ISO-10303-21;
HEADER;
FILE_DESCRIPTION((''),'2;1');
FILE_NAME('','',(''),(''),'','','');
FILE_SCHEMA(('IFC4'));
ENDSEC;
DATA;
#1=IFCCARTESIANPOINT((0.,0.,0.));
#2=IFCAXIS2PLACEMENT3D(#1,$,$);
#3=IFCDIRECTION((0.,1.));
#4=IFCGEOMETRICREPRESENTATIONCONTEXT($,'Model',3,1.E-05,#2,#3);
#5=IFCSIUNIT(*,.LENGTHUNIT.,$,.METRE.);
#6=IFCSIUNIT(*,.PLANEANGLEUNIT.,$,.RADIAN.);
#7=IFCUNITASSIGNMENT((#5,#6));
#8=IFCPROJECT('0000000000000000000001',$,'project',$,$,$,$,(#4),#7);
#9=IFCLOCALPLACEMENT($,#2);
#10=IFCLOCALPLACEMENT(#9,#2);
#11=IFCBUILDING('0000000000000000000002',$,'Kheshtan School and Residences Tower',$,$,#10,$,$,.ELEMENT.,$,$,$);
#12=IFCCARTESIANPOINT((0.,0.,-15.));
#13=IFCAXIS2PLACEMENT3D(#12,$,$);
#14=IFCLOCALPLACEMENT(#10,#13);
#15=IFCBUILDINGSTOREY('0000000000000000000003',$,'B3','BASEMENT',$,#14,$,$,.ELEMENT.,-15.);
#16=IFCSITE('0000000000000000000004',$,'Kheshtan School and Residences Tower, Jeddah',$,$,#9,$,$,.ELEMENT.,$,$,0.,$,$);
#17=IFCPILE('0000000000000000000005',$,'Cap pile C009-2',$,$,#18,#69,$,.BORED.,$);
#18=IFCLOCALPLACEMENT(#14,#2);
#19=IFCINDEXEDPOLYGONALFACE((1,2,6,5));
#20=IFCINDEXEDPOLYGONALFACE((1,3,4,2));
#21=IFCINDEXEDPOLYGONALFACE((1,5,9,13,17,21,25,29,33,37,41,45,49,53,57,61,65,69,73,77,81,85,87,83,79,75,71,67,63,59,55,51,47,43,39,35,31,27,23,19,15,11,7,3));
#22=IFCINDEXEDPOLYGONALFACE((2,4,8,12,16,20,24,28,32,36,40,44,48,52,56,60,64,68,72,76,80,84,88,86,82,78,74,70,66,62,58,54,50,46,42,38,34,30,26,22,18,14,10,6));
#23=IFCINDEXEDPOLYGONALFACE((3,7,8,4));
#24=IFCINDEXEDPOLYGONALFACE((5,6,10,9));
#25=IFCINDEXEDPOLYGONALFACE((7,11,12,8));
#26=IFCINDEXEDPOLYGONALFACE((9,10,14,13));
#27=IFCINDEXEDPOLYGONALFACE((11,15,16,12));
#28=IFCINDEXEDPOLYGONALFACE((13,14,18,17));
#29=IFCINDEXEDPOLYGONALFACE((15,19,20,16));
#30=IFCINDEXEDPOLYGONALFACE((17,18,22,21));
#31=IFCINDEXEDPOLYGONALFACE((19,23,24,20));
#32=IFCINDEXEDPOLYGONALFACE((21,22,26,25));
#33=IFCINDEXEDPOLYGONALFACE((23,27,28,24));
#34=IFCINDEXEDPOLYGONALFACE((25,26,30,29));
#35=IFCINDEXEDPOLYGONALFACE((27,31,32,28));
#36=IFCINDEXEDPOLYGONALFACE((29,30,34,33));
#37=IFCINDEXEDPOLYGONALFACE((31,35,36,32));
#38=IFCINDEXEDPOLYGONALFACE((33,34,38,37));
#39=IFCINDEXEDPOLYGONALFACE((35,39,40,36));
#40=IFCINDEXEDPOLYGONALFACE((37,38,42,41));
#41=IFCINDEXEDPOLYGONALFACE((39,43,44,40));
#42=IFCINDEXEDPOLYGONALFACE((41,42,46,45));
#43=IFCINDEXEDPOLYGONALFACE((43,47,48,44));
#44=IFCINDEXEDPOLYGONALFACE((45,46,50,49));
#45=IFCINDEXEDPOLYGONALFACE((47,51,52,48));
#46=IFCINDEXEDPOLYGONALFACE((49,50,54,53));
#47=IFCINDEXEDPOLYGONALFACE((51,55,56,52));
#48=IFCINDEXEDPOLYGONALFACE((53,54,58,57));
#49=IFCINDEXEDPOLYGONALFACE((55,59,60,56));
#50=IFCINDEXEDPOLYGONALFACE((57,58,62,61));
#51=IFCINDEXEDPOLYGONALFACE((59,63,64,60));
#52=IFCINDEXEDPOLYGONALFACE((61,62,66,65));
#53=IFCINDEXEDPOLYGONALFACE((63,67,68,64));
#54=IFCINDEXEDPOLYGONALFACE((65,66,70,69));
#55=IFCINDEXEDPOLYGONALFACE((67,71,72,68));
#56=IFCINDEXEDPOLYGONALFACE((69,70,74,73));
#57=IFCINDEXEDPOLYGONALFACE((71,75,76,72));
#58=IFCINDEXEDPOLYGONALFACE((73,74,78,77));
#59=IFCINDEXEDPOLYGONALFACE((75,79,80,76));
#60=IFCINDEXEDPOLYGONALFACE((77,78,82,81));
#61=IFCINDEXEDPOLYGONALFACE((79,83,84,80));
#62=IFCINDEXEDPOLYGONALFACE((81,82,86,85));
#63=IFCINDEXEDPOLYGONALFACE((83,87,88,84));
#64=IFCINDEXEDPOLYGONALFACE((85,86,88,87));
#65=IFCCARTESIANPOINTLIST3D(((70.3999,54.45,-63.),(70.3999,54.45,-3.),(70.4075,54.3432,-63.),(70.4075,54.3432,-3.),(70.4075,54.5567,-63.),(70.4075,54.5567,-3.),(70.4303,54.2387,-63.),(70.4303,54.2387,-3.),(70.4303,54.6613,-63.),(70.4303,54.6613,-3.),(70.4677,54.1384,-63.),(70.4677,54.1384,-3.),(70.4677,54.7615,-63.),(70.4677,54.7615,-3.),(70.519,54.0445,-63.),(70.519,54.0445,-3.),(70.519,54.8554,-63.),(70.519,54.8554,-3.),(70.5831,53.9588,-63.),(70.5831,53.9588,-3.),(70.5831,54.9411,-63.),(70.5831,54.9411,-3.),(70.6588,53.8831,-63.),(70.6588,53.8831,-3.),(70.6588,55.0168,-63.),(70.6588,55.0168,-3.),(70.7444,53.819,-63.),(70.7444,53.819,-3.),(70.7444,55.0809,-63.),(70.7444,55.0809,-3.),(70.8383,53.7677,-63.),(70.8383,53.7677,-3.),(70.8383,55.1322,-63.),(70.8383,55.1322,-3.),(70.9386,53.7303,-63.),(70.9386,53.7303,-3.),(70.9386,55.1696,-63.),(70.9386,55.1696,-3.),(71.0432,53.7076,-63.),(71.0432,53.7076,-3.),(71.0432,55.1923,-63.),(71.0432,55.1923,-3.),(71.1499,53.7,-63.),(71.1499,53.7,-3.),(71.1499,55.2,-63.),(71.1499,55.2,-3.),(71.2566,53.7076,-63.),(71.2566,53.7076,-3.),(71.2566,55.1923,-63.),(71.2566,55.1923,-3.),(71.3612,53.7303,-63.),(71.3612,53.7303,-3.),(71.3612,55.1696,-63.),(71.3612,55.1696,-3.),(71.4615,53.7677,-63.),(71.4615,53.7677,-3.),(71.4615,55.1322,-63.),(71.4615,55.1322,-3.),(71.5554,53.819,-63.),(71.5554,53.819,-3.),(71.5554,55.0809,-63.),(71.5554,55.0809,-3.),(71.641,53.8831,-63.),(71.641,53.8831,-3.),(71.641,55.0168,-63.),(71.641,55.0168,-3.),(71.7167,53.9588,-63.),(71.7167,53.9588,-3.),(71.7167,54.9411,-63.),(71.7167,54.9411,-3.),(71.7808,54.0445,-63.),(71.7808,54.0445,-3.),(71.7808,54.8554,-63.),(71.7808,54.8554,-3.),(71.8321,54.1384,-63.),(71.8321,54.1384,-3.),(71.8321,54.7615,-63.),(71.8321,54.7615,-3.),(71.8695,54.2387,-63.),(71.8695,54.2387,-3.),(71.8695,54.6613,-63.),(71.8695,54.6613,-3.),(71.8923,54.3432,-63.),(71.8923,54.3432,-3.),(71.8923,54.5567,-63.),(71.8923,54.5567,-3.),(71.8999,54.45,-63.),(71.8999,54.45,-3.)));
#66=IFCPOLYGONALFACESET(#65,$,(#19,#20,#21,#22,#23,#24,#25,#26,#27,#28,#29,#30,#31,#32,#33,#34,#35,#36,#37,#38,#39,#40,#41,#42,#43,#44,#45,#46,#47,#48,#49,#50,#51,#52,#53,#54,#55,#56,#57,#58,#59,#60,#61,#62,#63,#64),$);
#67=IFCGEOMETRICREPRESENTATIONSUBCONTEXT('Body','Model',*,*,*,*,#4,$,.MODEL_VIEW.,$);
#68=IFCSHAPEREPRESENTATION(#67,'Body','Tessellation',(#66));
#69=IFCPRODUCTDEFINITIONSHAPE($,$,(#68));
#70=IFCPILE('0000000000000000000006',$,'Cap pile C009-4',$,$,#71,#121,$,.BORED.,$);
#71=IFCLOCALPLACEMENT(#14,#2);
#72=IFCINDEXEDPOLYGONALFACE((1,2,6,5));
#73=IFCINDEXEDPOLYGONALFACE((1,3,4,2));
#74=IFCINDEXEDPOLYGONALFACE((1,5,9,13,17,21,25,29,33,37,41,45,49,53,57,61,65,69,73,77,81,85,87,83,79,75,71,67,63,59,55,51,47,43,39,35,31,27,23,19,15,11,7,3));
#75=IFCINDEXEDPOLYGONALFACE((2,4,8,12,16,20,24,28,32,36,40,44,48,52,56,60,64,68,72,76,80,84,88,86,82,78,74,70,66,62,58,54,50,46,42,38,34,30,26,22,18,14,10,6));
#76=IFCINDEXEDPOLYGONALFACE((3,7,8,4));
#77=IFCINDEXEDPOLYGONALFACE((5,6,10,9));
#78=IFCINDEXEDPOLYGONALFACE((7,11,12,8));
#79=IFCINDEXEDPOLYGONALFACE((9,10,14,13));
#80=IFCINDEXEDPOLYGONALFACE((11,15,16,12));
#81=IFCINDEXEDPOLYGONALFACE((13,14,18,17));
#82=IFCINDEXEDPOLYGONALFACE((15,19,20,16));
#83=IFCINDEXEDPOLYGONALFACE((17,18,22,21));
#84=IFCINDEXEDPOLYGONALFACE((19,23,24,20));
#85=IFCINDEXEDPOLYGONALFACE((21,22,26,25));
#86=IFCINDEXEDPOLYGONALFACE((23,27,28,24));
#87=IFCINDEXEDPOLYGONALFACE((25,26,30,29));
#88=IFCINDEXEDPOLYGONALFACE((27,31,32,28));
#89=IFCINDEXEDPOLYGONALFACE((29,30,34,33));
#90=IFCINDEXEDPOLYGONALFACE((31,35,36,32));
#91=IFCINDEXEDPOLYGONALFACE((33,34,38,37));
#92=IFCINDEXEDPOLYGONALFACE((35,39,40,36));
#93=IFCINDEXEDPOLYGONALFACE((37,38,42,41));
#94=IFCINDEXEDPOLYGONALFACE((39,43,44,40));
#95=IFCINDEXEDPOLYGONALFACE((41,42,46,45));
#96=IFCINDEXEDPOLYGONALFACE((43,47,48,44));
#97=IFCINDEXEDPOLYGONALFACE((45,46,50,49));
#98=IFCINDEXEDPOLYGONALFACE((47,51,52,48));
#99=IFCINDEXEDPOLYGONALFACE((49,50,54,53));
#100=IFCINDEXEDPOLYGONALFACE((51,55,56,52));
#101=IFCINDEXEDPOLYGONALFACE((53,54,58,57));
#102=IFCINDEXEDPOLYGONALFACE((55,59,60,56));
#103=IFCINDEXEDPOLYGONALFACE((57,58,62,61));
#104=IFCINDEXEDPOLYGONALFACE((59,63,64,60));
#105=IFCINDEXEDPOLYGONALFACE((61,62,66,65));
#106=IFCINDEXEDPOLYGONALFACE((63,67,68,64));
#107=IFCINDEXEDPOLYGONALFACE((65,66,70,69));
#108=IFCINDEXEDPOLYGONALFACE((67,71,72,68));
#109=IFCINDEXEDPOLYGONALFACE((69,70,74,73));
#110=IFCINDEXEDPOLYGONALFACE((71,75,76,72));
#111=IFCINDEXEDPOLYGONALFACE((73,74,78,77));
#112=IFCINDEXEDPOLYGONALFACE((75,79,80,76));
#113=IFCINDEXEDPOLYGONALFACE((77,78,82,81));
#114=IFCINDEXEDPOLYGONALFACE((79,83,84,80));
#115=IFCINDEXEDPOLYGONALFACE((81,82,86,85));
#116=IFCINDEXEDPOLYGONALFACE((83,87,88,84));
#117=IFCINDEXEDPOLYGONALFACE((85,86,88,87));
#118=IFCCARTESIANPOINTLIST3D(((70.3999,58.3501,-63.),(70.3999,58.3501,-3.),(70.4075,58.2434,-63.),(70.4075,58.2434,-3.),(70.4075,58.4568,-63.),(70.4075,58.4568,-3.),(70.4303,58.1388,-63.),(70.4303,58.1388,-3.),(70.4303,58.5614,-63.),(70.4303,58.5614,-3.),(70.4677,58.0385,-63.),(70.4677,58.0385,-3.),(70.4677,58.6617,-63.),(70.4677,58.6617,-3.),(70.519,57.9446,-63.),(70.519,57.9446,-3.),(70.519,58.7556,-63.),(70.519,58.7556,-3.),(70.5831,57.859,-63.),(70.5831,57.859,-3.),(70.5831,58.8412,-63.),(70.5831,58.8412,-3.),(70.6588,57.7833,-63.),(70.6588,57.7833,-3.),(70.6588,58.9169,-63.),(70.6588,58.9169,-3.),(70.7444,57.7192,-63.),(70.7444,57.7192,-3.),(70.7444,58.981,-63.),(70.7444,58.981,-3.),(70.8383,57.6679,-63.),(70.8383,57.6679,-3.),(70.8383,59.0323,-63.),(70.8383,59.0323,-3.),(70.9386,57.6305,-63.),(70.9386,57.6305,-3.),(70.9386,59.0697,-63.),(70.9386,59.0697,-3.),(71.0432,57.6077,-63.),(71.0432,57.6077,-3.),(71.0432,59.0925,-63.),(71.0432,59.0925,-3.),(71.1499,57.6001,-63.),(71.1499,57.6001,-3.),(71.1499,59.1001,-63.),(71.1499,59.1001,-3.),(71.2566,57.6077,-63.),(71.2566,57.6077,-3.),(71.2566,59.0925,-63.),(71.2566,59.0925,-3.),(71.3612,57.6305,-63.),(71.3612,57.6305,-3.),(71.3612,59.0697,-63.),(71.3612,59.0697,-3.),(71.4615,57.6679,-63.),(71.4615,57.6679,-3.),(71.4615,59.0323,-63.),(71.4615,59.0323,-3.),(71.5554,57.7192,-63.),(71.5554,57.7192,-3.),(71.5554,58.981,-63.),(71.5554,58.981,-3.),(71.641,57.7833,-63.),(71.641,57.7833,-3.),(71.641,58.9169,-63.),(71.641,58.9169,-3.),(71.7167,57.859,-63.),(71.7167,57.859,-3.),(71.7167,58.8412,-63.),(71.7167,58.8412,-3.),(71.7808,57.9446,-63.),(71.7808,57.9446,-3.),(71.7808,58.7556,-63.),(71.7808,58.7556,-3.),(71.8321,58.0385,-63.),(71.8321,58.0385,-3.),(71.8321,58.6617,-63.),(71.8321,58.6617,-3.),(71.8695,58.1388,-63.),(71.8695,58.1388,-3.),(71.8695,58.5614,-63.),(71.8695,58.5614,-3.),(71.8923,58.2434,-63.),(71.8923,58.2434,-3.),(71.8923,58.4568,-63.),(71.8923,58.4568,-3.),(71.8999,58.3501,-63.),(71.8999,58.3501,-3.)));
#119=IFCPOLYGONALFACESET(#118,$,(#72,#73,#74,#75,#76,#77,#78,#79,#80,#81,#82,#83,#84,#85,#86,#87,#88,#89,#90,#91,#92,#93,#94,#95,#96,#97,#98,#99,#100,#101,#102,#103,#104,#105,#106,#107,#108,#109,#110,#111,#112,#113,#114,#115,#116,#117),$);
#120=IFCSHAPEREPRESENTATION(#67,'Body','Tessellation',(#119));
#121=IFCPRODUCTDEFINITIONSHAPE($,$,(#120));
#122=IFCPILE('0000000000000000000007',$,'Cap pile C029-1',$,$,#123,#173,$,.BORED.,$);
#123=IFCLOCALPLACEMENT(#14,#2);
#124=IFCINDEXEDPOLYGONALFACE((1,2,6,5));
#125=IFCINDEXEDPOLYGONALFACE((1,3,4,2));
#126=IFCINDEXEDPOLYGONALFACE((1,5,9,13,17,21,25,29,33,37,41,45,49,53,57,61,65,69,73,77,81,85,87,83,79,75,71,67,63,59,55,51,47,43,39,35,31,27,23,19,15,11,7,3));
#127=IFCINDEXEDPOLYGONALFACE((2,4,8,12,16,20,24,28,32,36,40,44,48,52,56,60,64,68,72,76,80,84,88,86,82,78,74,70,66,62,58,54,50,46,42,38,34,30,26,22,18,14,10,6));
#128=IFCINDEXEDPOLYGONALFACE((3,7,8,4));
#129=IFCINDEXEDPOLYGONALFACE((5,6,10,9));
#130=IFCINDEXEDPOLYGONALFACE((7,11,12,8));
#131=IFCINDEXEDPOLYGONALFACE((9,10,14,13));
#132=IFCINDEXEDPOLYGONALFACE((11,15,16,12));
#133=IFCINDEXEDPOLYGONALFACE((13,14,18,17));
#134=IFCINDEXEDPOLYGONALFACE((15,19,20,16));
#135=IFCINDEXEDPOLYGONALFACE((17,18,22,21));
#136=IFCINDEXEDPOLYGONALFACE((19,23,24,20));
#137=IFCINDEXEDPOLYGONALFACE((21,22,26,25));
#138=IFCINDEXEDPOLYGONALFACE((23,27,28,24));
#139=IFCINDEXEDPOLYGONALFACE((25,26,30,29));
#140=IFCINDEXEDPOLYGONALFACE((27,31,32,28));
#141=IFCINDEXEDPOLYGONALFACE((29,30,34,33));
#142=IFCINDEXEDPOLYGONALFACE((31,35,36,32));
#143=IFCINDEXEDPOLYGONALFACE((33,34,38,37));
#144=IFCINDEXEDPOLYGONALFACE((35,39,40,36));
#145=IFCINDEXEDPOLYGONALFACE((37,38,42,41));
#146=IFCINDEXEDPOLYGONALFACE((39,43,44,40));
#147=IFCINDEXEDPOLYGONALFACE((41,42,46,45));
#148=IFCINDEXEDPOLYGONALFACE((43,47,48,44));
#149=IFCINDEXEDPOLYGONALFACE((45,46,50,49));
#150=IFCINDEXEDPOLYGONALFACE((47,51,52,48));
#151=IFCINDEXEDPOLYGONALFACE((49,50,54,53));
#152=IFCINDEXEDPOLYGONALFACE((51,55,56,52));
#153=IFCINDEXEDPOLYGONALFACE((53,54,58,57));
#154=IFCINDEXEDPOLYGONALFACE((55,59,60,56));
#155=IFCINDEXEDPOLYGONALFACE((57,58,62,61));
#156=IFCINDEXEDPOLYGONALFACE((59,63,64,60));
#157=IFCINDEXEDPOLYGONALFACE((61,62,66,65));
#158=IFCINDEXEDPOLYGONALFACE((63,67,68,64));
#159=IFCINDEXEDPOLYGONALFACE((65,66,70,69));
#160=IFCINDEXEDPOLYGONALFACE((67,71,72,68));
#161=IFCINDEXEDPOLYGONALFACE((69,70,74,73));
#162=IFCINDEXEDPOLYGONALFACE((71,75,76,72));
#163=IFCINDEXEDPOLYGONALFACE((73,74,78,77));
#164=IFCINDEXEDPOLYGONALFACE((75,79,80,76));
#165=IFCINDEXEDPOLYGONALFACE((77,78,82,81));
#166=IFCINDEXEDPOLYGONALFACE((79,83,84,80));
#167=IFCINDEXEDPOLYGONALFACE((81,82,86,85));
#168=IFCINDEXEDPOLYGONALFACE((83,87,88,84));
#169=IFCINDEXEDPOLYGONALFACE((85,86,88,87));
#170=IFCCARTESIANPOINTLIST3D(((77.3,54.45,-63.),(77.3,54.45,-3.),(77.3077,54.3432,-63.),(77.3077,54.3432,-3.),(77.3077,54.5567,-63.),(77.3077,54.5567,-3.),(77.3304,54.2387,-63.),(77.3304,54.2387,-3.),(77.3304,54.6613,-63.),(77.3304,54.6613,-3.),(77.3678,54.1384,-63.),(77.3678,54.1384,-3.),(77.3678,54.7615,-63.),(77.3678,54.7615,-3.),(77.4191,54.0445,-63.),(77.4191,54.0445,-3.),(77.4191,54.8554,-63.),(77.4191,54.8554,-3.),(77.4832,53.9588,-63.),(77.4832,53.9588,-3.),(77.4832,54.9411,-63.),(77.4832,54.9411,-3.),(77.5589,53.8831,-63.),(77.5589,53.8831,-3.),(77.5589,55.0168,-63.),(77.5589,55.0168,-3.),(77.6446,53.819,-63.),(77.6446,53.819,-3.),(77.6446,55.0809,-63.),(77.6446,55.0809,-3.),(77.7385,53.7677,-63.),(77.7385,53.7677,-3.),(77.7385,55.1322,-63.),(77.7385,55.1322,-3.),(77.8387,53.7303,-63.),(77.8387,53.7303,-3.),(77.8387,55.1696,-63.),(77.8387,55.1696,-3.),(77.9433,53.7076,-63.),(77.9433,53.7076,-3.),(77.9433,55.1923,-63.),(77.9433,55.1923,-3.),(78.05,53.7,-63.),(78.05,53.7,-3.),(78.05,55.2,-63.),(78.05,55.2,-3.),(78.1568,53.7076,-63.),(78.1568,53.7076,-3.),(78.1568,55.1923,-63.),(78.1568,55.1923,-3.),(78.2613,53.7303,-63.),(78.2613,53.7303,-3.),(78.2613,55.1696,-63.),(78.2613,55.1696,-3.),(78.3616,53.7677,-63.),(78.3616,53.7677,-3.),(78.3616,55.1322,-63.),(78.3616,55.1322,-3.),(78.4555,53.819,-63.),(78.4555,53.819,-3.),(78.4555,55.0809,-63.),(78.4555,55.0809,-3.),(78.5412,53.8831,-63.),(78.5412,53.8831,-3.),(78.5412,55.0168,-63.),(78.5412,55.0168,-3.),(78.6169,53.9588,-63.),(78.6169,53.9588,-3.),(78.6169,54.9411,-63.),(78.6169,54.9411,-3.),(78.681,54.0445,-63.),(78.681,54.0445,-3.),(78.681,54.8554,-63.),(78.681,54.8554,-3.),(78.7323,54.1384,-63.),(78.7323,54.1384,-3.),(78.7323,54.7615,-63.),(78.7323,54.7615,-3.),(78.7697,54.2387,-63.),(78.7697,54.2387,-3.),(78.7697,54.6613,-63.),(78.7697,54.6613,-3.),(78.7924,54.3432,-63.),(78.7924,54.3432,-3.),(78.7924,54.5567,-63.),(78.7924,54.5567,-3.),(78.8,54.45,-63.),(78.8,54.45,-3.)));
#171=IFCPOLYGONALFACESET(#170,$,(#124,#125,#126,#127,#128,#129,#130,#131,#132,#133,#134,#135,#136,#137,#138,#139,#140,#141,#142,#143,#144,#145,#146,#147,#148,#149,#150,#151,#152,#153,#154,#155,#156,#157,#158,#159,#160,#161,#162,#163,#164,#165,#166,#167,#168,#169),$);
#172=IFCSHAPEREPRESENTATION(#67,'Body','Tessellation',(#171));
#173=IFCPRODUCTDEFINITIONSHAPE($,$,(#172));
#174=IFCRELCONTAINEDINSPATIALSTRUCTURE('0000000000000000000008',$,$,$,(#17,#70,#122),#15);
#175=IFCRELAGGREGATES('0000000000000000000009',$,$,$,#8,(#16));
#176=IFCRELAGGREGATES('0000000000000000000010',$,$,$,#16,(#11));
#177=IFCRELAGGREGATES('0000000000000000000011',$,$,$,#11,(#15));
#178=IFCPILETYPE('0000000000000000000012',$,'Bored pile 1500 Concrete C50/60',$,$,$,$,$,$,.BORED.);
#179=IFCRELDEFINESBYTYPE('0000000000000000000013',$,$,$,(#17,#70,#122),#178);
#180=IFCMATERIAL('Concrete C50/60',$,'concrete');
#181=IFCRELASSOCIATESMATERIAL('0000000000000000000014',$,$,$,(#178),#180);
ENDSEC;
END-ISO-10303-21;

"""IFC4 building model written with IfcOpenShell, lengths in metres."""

from ifc_helpers import new_model, si_unit, direction, frame, origin, origin_2d, place, context, subcontext, project, spatial, circle, extrude, material, material_profile, profile_set, type_object, element, save


model = new_model("IFC4")

# Units and contexts
model_context = context("Model", 3, precision=1e-05, world=origin(), true_north=direction((0.0, 1.0)))
body_context = subcontext(model_context, "Body", "Model", "MODEL_VIEW")
ifc_project = project(units=[si_unit("LENGTHUNIT", "METRE"), si_unit("PLANEANGLEUNIT", "RADIAN")], contexts=[model_context])

# Site, building, storey
site_placement = place(None, origin())
site = spatial("IfcSite", under=ifc_project, at=site_placement, Name="Kheshtan School and Residences Tower, Jeddah", CompositionType="ELEMENT", RefElevation=0.0)
building_placement = place(site_placement, origin())
building = spatial("IfcBuilding", under=site, at=building_placement, Name="Kheshtan School and Residences Tower", CompositionType="ELEMENT")
storey_placement = place(building_placement, frame((0.0, 0.0, -15.0)))
storey = spatial("IfcBuildingStorey", under=building, at=storey_placement, Name="B3", Description="BASEMENT", CompositionType="ELEMENT", Elevation=-15.0)

# Piles
ifc_material_1 = material(Name="Concrete C50/60", Category="concrete")
ifc_material_profile_1 = material_profile(ifc_material_1, circle(Radius=0.75, at=origin_2d()), Name="BP 1500")
ifc_profile_set_1 = profile_set([ifc_material_profile_1], Name="Concrete C50/60")
pile_type_1 = type_object("IfcPileType", Name="Bored pile 1500 Concrete C50/60", PredefinedType="BORED", material=ifc_profile_set_1)
for number, where, z_axis, x_axis, name in (
    (1, (71.1499, 54.45, -3.0), (0.0, 0.0, -1.0), (1.0, 0.0, 0.0), "Cap pile C009-2"),
    (2, (71.1499, 58.3501, -3.0), (0.0, 0.0, -1.0), (1.0, 0.0, 0.0), "Cap pile C009-4"),
    (3, (78.05, 54.45, -3.0), (0.0, 0.0, -1.0), (1.0, 0.0, 0.0), "Cap pile C029-1"),
):
    element("IfcPile", number, at=place(storey_placement, frame(where, z_axis=z_axis, x_axis=x_axis)), inside=storey, type_object=pile_type_1, Name=name, PredefinedType="BORED", context=body_context, shape_type="SweptSolid", body=[
        extrude(circle(Radius=0.75, at=origin_2d()), origin(), (0.0, 0.0, 1.0), 60.0),
    ])

save(model, "model.ifc")
